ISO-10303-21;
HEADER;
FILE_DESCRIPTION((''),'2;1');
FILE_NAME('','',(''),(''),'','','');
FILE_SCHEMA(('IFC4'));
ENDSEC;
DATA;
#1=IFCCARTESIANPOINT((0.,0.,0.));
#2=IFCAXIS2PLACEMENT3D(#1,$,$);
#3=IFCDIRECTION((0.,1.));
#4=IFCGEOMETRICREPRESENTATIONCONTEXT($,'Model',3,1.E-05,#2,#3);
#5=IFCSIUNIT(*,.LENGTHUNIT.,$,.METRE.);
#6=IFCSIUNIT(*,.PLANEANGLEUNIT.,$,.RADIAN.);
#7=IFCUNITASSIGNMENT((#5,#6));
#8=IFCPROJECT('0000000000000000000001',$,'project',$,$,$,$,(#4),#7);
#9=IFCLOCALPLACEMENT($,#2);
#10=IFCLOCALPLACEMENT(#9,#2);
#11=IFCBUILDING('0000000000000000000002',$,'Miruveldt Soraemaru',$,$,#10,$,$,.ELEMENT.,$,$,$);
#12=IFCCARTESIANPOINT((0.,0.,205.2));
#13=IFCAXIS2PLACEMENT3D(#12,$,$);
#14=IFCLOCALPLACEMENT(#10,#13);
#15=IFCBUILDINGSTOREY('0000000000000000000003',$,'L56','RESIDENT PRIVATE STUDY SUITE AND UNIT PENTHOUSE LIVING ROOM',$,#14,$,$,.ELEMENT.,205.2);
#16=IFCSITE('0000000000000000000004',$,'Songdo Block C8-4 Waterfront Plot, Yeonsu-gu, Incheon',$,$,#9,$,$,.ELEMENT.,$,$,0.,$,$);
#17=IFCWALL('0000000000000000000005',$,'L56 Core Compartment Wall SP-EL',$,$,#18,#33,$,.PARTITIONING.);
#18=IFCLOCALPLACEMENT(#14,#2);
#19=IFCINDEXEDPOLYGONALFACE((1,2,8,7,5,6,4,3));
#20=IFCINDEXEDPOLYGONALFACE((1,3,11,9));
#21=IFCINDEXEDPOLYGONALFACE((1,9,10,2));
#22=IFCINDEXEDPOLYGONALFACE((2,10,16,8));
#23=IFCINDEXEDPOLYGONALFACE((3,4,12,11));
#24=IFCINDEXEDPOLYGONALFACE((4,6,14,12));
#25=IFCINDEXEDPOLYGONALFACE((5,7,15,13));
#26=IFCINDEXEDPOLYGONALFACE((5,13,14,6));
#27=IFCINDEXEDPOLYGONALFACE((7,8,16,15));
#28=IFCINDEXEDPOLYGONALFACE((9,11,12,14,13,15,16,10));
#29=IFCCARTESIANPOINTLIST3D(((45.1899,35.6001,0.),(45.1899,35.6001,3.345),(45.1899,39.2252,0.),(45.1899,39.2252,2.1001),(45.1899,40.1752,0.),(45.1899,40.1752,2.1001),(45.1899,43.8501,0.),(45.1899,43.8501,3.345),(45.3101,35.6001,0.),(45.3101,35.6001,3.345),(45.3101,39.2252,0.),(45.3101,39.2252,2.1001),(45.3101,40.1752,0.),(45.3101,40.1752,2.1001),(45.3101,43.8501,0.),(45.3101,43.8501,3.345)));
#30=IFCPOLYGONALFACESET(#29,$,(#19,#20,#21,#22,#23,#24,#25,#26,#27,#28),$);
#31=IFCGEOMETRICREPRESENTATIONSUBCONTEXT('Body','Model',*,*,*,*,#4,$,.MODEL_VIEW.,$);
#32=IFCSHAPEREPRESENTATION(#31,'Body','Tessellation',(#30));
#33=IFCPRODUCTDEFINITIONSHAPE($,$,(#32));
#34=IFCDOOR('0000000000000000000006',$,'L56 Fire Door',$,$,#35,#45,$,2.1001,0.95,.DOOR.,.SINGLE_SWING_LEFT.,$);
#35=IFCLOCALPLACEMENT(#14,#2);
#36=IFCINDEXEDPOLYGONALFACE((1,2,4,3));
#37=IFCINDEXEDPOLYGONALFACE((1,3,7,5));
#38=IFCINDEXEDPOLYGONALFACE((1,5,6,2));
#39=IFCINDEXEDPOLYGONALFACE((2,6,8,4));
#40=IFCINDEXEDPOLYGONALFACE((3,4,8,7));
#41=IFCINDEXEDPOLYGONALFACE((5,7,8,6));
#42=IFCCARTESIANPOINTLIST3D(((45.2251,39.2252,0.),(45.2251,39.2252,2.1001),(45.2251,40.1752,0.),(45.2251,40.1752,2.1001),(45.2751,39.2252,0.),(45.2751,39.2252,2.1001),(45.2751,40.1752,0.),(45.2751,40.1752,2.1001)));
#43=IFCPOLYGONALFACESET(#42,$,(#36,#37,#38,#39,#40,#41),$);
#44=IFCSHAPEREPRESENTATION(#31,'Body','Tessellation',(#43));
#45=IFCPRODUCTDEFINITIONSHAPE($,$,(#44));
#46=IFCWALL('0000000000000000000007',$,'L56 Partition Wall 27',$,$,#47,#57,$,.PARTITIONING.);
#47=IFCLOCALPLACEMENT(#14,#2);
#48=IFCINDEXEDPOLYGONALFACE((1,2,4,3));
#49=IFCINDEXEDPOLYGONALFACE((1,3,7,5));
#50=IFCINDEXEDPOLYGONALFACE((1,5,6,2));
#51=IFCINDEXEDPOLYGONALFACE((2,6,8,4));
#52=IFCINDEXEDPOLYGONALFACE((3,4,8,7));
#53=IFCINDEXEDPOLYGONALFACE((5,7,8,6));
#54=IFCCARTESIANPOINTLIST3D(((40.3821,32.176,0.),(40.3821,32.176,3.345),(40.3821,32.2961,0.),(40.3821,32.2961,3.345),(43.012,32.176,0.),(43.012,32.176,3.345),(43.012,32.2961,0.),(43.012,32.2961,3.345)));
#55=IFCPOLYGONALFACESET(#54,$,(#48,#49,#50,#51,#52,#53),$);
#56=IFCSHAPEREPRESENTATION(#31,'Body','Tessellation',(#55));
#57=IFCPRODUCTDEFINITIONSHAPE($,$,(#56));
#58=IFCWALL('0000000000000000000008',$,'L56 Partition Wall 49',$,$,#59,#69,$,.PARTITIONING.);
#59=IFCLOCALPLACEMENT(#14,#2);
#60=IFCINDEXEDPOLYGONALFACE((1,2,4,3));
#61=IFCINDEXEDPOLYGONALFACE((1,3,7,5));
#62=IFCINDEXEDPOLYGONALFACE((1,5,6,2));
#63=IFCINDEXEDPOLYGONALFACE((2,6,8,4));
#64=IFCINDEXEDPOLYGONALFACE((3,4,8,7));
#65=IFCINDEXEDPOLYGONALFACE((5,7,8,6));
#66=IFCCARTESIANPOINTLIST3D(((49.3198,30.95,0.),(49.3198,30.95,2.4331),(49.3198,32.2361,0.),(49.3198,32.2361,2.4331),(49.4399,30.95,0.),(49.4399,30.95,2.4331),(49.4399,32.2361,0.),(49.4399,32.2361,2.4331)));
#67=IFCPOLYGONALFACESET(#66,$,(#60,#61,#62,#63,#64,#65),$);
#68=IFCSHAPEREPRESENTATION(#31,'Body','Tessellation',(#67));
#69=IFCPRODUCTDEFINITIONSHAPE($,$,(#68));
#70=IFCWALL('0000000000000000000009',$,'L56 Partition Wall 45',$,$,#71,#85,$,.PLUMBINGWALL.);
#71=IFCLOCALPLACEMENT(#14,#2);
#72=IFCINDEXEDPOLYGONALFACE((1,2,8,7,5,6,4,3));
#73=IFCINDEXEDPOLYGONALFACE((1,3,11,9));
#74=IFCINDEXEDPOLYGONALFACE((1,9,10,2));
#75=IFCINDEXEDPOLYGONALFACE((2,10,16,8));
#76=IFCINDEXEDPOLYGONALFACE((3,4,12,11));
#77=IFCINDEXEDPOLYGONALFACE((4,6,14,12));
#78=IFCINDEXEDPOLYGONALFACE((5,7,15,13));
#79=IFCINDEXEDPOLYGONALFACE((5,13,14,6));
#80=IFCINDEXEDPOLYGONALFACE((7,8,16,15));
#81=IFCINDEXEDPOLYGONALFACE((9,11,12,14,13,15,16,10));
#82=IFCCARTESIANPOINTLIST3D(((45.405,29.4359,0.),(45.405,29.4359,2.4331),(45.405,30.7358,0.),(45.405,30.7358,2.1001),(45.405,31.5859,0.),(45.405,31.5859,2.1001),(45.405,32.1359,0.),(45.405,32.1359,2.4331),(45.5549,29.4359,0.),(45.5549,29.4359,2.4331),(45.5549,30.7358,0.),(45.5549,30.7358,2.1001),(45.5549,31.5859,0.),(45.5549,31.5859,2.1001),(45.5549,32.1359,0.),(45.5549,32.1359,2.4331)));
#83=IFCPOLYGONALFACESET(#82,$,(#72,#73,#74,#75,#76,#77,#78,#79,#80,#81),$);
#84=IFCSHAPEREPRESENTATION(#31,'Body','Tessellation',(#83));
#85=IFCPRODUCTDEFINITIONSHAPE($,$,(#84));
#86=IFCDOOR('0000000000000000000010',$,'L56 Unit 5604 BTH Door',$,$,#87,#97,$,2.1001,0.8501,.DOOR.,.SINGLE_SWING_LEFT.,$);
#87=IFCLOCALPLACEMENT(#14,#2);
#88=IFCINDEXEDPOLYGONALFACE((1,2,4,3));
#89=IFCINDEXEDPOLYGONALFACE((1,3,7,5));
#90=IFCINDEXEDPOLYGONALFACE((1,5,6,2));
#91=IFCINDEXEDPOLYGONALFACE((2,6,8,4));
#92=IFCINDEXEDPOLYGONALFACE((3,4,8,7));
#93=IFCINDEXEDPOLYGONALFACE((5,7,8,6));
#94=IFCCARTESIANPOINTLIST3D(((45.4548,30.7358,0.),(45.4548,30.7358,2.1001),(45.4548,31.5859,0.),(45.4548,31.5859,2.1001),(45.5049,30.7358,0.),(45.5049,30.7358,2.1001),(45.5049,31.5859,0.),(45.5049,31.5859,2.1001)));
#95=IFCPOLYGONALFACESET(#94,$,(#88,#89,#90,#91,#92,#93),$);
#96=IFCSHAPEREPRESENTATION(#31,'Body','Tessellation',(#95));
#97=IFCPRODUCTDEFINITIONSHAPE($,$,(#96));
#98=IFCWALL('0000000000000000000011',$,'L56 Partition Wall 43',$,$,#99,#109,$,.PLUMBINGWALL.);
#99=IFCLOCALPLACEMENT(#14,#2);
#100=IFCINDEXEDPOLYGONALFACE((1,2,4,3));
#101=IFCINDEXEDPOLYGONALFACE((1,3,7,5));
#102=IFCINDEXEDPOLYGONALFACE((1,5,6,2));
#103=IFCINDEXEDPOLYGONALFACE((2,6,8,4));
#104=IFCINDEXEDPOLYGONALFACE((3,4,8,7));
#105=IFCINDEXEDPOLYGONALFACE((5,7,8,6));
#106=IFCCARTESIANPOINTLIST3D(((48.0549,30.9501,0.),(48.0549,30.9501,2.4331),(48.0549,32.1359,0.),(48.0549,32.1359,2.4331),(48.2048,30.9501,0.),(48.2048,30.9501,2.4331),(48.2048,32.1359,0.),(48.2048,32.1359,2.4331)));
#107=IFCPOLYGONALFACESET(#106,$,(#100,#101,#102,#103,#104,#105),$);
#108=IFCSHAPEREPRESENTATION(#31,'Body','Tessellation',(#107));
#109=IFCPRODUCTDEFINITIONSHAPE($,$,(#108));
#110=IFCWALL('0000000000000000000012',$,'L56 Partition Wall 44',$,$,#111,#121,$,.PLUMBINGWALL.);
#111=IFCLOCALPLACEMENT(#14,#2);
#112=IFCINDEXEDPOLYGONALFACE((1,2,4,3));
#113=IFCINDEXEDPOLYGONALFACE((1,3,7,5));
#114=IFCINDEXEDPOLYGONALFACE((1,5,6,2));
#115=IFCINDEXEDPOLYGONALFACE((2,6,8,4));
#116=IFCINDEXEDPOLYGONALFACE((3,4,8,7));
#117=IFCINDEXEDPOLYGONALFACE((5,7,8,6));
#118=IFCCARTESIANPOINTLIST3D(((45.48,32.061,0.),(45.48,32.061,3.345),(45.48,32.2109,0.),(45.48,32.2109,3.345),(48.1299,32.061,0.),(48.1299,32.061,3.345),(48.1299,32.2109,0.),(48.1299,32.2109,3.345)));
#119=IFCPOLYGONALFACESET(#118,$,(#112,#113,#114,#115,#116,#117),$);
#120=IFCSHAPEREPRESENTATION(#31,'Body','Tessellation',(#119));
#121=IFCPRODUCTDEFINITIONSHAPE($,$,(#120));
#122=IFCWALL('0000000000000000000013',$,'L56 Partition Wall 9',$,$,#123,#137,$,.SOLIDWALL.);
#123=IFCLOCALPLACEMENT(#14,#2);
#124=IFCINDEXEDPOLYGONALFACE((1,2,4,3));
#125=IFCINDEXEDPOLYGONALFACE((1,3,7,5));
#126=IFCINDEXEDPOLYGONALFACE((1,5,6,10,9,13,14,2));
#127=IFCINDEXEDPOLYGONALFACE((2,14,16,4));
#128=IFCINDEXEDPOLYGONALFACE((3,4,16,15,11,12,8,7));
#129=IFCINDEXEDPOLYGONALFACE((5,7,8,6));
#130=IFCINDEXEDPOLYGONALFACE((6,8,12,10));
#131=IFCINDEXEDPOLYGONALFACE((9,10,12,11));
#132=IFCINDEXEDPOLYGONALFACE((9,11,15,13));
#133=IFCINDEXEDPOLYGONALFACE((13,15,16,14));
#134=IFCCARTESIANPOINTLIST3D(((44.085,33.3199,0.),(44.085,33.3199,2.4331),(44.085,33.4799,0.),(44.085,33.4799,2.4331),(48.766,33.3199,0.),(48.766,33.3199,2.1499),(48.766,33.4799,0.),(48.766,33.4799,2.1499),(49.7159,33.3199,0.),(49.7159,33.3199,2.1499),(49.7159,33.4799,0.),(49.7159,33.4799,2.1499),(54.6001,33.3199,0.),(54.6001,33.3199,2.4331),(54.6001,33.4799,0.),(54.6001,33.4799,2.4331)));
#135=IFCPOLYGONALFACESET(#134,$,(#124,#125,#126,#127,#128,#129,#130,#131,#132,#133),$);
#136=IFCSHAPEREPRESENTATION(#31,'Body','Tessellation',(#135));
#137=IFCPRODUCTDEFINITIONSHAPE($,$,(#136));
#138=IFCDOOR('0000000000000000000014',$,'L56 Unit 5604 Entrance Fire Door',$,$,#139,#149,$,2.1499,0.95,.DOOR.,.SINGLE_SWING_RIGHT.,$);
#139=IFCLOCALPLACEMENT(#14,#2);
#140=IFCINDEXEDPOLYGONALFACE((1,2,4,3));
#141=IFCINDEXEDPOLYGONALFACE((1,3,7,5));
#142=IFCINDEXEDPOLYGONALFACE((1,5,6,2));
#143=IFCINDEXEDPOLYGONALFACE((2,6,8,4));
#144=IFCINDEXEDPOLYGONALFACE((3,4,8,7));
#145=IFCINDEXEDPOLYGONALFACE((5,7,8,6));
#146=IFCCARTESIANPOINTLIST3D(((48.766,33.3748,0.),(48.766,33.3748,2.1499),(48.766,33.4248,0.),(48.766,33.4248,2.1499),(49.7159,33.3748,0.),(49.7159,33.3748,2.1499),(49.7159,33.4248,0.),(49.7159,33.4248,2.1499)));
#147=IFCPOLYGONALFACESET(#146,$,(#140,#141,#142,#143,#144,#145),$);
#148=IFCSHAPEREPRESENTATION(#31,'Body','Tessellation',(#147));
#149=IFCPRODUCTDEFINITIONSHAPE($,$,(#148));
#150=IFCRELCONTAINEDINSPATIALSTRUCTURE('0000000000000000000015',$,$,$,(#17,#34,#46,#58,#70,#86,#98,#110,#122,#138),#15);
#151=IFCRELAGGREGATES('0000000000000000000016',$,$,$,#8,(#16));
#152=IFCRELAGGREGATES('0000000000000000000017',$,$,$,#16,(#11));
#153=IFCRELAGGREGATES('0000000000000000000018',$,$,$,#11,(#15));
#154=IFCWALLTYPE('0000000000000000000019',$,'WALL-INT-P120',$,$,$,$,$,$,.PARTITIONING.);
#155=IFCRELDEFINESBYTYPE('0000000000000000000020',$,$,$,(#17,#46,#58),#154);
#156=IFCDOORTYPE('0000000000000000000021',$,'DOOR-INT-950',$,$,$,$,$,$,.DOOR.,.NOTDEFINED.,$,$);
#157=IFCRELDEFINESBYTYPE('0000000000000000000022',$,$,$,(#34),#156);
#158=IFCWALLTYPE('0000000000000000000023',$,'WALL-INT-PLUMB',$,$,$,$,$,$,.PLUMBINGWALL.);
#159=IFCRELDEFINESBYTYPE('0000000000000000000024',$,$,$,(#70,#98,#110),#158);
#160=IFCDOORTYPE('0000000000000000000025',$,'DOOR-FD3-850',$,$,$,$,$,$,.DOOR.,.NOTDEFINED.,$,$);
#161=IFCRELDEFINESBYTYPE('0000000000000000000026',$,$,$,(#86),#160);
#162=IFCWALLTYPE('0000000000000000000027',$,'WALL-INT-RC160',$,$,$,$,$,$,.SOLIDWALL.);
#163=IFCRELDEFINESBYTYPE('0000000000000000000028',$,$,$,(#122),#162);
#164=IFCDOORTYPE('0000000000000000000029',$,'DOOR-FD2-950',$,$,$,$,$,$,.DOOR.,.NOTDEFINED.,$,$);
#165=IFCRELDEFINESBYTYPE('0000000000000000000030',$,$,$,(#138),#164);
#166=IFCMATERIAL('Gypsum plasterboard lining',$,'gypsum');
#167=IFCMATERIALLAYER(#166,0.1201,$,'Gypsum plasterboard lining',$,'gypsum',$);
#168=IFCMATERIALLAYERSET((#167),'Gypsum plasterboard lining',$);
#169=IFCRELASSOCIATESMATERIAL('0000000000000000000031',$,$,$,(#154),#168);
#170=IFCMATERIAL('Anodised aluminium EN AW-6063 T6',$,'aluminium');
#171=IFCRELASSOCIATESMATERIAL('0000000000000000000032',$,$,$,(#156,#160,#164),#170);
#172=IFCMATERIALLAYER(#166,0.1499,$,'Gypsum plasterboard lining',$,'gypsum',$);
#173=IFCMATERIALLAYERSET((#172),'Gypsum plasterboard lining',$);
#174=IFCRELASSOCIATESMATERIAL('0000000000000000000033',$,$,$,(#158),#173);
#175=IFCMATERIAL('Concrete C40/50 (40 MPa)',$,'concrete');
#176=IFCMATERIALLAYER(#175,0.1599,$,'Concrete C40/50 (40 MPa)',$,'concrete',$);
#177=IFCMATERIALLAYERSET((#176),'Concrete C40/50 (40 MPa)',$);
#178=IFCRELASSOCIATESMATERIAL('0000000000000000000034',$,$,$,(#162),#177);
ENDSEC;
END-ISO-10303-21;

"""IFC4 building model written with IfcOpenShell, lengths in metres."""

from ifc_helpers import new_model, si_unit, direction, frame, frame_2d, origin, place, context, subcontext, project, spatial, rectangle, extrude, material, layer, layer_set, type_object, element, fill, save


model = new_model("IFC4")

# Units and contexts
model_context = context("Model", 3, precision=1e-05, world=origin(), true_north=direction((0.0, 1.0)))
body_context = subcontext(model_context, "Body", "Model", "MODEL_VIEW")
ifc_project = project(units=[si_unit("LENGTHUNIT", "METRE"), si_unit("PLANEANGLEUNIT", "RADIAN")], contexts=[model_context])

# Site, building, storey
site_placement = place(None, origin())
site = spatial("IfcSite", under=ifc_project, at=site_placement, Name="Songdo Block C8-4 Waterfront Plot, Yeonsu-gu, Incheon", CompositionType="ELEMENT", RefElevation=0.0)
building_placement = place(site_placement, origin())
building = spatial("IfcBuilding", under=site, at=building_placement, Name="Miruveldt Soraemaru", CompositionType="ELEMENT")
storey_placement = place(building_placement, frame((0.0, 0.0, 205.2)))
storey = spatial("IfcBuildingStorey", under=building, at=storey_placement, Name="L56", Description="RESIDENT PRIVATE STUDY SUITE AND UNIT PENTHOUSE LIVING ROOM", CompositionType="ELEMENT", Elevation=205.2)

# Shared definitions
ifc_material_1 = material(Name="Gypsum plasterboard lining", Category="gypsum")
ifc_layer_1 = layer(ifc_material_1, 0.1201, Name="Gypsum plasterboard lining", Category="gypsum")
ifc_layer_set_1 = layer_set([ifc_layer_1], Name="Gypsum plasterboard lining")
wall_type_1 = type_object("IfcWallType", Name="WALL-INT-P120", PredefinedType="PARTITIONING", material=ifc_layer_set_1)
ifc_material_2 = material(Name="Anodised aluminium EN AW-6063 T6", Category="aluminium")

# Wall, opening, door
wall_1_placement = place(storey_placement, frame((45.25, 35.6001, 0.0), z_axis=(0.0, 0.0, 1.0), x_axis=(0.0, 1.0, 0.0)))
wall_1 = element("IfcWall", 1, at=wall_1_placement, inside=storey, type_object=wall_type_1, Name="L56 Core Compartment Wall SP-EL", PredefinedType="PARTITIONING", context=body_context, shape_type="SweptSolid", body=[
    extrude(rectangle(XDim=8.25, YDim=0.1201, at=frame_2d((4.125, 0.0))), origin(), (0.0, 0.0, 1.0), 3.345),
])
opening_1_placement = place(wall_1_placement, frame((3.625, 0.0, 0.0)))
opening_1 = element("IfcOpeningElement", 2, at=opening_1_placement, cuts=wall_1, PredefinedType="OPENING", context=body_context, shape_type="SweptSolid", body=[
    extrude(rectangle(XDim=0.95, YDim=2.1001, at=frame_2d((0.4751, 1.05))), frame((0.0, 0.0701, 0.0), z_axis=(0.0, -1.0, 0.0), x_axis=(1.0, 0.0, 0.0)), (0.0, 0.0, 1.0), 0.1401),
])
door_type_1 = type_object("IfcDoorType", Name="DOOR-INT-950", OperationType="NOTDEFINED", PredefinedType="DOOR", material=ifc_material_2)
door_1_placement = place(opening_1_placement, origin())
door_1 = element("IfcDoor", 3, at=door_1_placement, inside=storey, type_object=door_type_1, Name="L56 Fire Door", OperationType="SINGLE_SWING_LEFT", OverallHeight=2.1001, OverallWidth=0.95, PredefinedType="DOOR", context=body_context, shape_type="SweptSolid", body=[
    extrude(rectangle(XDim=0.95, YDim=2.1001, at=frame_2d((0.4751, 1.05))), frame((0.0, 0.0249, 0.0), z_axis=(0.0, -1.0, 0.0), x_axis=(1.0, 0.0, 0.0)), (0.0, 0.0, 1.0), 0.05),
])
fill(opening_1, door_1)

# Walls
wall_2_placement = place(storey_placement, frame((43.012, 32.2361, 0.0), z_axis=(0.0, 0.0, 1.0), x_axis=(-1.0, 0.0, 0.0)))
element("IfcWall", 4, at=wall_2_placement, inside=storey, type_object=wall_type_1, Name="L56 Partition Wall 27", PredefinedType="PARTITIONING", context=body_context, shape_type="SweptSolid", body=[
    extrude(rectangle(XDim=2.6299, YDim=0.1201, at=frame_2d((1.3149, 0.0))), origin(), (0.0, 0.0, 1.0), 3.345),
])
wall_3_placement = place(storey_placement, frame((49.3799, 32.2361, 0.0), z_axis=(0.0, 0.0, 1.0), x_axis=(0.0, -1.0, 0.0)))
element("IfcWall", 5, at=wall_3_placement, inside=storey, type_object=wall_type_1, Name="L56 Partition Wall 49", PredefinedType="PARTITIONING", context=body_context, shape_type="SweptSolid", body=[
    extrude(rectangle(XDim=1.2861, YDim=0.1201, at=frame_2d((0.6431, 0.0))), origin(), (0.0, 0.0, 1.0), 2.4331),
])

# Wall, opening, door
ifc_layer_2 = layer(ifc_material_1, 0.1499, Name="Gypsum plasterboard lining", Category="gypsum")
ifc_layer_set_2 = layer_set([ifc_layer_2], Name="Gypsum plasterboard lining")
wall_type_2 = type_object("IfcWallType", Name="WALL-INT-PLUMB", PredefinedType="PLUMBINGWALL", material=ifc_layer_set_2)
wall_4_placement = place(storey_placement, frame((45.48, 32.136, 0.0), z_axis=(0.0, 0.0, 1.0), x_axis=(0.0, -1.0, 0.0)))
wall_4 = element("IfcWall", 6, at=wall_4_placement, inside=storey, type_object=wall_type_2, Name="L56 Partition Wall 45", PredefinedType="PLUMBINGWALL", context=body_context, shape_type="SweptSolid", body=[
    extrude(rectangle(XDim=2.7, YDim=0.1499, at=frame_2d((1.3501, 0.0))), origin(), (0.0, 0.0, 1.0), 2.4331),
])
opening_2_placement = place(wall_4_placement, frame((0.55, 0.0, 0.0)))
opening_2 = element("IfcOpeningElement", 7, at=opening_2_placement, cuts=wall_4, PredefinedType="OPENING", context=body_context, shape_type="SweptSolid", body=[
    extrude(rectangle(XDim=0.8501, YDim=2.1001, at=frame_2d((0.425, 1.05))), frame((0.0, 0.085, 0.0), z_axis=(0.0, -1.0, 0.0), x_axis=(1.0, 0.0, 0.0)), (0.0, 0.0, 1.0), 0.1699),
])
door_type_2 = type_object("IfcDoorType", Name="DOOR-FD3-850", OperationType="NOTDEFINED", PredefinedType="DOOR", material=ifc_material_2)
door_2_placement = place(opening_2_placement, origin())
door_2 = element("IfcDoor", 8, at=door_2_placement, inside=storey, type_object=door_type_2, Name="L56 Unit 5604 BTH Door", OperationType="SINGLE_SWING_LEFT", OverallHeight=2.1001, OverallWidth=0.8501, PredefinedType="DOOR", context=body_context, shape_type="SweptSolid", body=[
    extrude(rectangle(XDim=0.8501, YDim=2.1001, at=frame_2d((0.425, 1.05))), frame((0.0, 0.0249, 0.0), z_axis=(0.0, -1.0, 0.0), x_axis=(1.0, 0.0, 0.0)), (0.0, 0.0, 1.0), 0.05),
])
fill(opening_2, door_2)

# Walls
wall_5_placement = place(storey_placement, frame((48.1299, 30.9502, 0.0), z_axis=(0.0, 0.0, 1.0), x_axis=(0.0, 1.0, 0.0)))
element("IfcWall", 9, at=wall_5_placement, inside=storey, type_object=wall_type_2, Name="L56 Partition Wall 43", PredefinedType="PLUMBINGWALL", context=body_context, shape_type="SweptSolid", body=[
    extrude(rectangle(XDim=1.1858, YDim=0.1499, at=frame_2d((0.5928, 0.0))), origin(), (0.0, 0.0, 1.0), 2.4331),
])
wall_6_placement = place(storey_placement, frame((48.1299, 32.136, 0.0), z_axis=(0.0, 0.0, 1.0), x_axis=(-1.0, 0.0, 0.0)))
element("IfcWall", 10, at=wall_6_placement, inside=storey, type_object=wall_type_2, Name="L56 Partition Wall 44", PredefinedType="PLUMBINGWALL", context=body_context, shape_type="SweptSolid", body=[
    extrude(rectangle(XDim=2.6499, YDim=0.1499, at=frame_2d((1.325, 0.0))), origin(), (0.0, 0.0, 1.0), 3.345),
])

# Wall, opening, door
ifc_material_3 = material(Name="Concrete C40/50 (40 MPa)", Category="concrete")
ifc_layer_3 = layer(ifc_material_3, 0.1599, Name="Concrete C40/50 (40 MPa)", Category="concrete")
ifc_layer_set_3 = layer_set([ifc_layer_3], Name="Concrete C40/50 (40 MPa)")
wall_type_3 = type_object("IfcWallType", Name="WALL-INT-RC160", PredefinedType="SOLIDWALL", material=ifc_layer_set_3)
wall_7_placement = place(storey_placement, frame((44.085, 33.3999, 0.0), z_axis=(0.0, 0.0, 1.0), x_axis=(1.0, 0.0, 0.0)))
wall_7 = element("IfcWall", 11, at=wall_7_placement, inside=storey, type_object=wall_type_3, Name="L56 Partition Wall 9", PredefinedType="SOLIDWALL", context=body_context, shape_type="SweptSolid", body=[
    extrude(rectangle(XDim=10.5151, YDim=0.1599, at=frame_2d((5.2576, 0.0))), origin(), (0.0, 0.0, 1.0), 2.4331),
])
opening_3_placement = place(wall_7_placement, frame((4.6809, 0.0, 0.0)))
opening_3 = element("IfcOpeningElement", 12, at=opening_3_placement, cuts=wall_7, PredefinedType="OPENING", context=body_context, shape_type="SweptSolid", body=[
    extrude(rectangle(XDim=0.95, YDim=2.1499, at=frame_2d((0.4751, 1.075))), frame((0.0, 0.0898, 0.0), z_axis=(0.0, -1.0, 0.0), x_axis=(1.0, 0.0, 0.0)), (0.0, 0.0, 1.0), 0.1799),
])
door_type_3 = type_object("IfcDoorType", Name="DOOR-FD2-950", OperationType="NOTDEFINED", PredefinedType="DOOR", material=ifc_material_2)
door_3_placement = place(opening_3_placement, origin())
door_3 = element("IfcDoor", 13, at=door_3_placement, inside=storey, type_object=door_type_3, Name="L56 Unit 5604 Entrance Fire Door", OperationType="SINGLE_SWING_RIGHT", OverallHeight=2.1499, OverallWidth=0.95, PredefinedType="DOOR", context=body_context, shape_type="SweptSolid", body=[
    extrude(rectangle(XDim=0.95, YDim=2.1499, at=frame_2d((0.4751, 1.075))), frame((0.0, 0.0249, 0.0), z_axis=(0.0, -1.0, 0.0), x_axis=(1.0, 0.0, 0.0)), (0.0, 0.0, 1.0), 0.05),
])
fill(opening_3, door_3)

save(model, "model.ifc")
